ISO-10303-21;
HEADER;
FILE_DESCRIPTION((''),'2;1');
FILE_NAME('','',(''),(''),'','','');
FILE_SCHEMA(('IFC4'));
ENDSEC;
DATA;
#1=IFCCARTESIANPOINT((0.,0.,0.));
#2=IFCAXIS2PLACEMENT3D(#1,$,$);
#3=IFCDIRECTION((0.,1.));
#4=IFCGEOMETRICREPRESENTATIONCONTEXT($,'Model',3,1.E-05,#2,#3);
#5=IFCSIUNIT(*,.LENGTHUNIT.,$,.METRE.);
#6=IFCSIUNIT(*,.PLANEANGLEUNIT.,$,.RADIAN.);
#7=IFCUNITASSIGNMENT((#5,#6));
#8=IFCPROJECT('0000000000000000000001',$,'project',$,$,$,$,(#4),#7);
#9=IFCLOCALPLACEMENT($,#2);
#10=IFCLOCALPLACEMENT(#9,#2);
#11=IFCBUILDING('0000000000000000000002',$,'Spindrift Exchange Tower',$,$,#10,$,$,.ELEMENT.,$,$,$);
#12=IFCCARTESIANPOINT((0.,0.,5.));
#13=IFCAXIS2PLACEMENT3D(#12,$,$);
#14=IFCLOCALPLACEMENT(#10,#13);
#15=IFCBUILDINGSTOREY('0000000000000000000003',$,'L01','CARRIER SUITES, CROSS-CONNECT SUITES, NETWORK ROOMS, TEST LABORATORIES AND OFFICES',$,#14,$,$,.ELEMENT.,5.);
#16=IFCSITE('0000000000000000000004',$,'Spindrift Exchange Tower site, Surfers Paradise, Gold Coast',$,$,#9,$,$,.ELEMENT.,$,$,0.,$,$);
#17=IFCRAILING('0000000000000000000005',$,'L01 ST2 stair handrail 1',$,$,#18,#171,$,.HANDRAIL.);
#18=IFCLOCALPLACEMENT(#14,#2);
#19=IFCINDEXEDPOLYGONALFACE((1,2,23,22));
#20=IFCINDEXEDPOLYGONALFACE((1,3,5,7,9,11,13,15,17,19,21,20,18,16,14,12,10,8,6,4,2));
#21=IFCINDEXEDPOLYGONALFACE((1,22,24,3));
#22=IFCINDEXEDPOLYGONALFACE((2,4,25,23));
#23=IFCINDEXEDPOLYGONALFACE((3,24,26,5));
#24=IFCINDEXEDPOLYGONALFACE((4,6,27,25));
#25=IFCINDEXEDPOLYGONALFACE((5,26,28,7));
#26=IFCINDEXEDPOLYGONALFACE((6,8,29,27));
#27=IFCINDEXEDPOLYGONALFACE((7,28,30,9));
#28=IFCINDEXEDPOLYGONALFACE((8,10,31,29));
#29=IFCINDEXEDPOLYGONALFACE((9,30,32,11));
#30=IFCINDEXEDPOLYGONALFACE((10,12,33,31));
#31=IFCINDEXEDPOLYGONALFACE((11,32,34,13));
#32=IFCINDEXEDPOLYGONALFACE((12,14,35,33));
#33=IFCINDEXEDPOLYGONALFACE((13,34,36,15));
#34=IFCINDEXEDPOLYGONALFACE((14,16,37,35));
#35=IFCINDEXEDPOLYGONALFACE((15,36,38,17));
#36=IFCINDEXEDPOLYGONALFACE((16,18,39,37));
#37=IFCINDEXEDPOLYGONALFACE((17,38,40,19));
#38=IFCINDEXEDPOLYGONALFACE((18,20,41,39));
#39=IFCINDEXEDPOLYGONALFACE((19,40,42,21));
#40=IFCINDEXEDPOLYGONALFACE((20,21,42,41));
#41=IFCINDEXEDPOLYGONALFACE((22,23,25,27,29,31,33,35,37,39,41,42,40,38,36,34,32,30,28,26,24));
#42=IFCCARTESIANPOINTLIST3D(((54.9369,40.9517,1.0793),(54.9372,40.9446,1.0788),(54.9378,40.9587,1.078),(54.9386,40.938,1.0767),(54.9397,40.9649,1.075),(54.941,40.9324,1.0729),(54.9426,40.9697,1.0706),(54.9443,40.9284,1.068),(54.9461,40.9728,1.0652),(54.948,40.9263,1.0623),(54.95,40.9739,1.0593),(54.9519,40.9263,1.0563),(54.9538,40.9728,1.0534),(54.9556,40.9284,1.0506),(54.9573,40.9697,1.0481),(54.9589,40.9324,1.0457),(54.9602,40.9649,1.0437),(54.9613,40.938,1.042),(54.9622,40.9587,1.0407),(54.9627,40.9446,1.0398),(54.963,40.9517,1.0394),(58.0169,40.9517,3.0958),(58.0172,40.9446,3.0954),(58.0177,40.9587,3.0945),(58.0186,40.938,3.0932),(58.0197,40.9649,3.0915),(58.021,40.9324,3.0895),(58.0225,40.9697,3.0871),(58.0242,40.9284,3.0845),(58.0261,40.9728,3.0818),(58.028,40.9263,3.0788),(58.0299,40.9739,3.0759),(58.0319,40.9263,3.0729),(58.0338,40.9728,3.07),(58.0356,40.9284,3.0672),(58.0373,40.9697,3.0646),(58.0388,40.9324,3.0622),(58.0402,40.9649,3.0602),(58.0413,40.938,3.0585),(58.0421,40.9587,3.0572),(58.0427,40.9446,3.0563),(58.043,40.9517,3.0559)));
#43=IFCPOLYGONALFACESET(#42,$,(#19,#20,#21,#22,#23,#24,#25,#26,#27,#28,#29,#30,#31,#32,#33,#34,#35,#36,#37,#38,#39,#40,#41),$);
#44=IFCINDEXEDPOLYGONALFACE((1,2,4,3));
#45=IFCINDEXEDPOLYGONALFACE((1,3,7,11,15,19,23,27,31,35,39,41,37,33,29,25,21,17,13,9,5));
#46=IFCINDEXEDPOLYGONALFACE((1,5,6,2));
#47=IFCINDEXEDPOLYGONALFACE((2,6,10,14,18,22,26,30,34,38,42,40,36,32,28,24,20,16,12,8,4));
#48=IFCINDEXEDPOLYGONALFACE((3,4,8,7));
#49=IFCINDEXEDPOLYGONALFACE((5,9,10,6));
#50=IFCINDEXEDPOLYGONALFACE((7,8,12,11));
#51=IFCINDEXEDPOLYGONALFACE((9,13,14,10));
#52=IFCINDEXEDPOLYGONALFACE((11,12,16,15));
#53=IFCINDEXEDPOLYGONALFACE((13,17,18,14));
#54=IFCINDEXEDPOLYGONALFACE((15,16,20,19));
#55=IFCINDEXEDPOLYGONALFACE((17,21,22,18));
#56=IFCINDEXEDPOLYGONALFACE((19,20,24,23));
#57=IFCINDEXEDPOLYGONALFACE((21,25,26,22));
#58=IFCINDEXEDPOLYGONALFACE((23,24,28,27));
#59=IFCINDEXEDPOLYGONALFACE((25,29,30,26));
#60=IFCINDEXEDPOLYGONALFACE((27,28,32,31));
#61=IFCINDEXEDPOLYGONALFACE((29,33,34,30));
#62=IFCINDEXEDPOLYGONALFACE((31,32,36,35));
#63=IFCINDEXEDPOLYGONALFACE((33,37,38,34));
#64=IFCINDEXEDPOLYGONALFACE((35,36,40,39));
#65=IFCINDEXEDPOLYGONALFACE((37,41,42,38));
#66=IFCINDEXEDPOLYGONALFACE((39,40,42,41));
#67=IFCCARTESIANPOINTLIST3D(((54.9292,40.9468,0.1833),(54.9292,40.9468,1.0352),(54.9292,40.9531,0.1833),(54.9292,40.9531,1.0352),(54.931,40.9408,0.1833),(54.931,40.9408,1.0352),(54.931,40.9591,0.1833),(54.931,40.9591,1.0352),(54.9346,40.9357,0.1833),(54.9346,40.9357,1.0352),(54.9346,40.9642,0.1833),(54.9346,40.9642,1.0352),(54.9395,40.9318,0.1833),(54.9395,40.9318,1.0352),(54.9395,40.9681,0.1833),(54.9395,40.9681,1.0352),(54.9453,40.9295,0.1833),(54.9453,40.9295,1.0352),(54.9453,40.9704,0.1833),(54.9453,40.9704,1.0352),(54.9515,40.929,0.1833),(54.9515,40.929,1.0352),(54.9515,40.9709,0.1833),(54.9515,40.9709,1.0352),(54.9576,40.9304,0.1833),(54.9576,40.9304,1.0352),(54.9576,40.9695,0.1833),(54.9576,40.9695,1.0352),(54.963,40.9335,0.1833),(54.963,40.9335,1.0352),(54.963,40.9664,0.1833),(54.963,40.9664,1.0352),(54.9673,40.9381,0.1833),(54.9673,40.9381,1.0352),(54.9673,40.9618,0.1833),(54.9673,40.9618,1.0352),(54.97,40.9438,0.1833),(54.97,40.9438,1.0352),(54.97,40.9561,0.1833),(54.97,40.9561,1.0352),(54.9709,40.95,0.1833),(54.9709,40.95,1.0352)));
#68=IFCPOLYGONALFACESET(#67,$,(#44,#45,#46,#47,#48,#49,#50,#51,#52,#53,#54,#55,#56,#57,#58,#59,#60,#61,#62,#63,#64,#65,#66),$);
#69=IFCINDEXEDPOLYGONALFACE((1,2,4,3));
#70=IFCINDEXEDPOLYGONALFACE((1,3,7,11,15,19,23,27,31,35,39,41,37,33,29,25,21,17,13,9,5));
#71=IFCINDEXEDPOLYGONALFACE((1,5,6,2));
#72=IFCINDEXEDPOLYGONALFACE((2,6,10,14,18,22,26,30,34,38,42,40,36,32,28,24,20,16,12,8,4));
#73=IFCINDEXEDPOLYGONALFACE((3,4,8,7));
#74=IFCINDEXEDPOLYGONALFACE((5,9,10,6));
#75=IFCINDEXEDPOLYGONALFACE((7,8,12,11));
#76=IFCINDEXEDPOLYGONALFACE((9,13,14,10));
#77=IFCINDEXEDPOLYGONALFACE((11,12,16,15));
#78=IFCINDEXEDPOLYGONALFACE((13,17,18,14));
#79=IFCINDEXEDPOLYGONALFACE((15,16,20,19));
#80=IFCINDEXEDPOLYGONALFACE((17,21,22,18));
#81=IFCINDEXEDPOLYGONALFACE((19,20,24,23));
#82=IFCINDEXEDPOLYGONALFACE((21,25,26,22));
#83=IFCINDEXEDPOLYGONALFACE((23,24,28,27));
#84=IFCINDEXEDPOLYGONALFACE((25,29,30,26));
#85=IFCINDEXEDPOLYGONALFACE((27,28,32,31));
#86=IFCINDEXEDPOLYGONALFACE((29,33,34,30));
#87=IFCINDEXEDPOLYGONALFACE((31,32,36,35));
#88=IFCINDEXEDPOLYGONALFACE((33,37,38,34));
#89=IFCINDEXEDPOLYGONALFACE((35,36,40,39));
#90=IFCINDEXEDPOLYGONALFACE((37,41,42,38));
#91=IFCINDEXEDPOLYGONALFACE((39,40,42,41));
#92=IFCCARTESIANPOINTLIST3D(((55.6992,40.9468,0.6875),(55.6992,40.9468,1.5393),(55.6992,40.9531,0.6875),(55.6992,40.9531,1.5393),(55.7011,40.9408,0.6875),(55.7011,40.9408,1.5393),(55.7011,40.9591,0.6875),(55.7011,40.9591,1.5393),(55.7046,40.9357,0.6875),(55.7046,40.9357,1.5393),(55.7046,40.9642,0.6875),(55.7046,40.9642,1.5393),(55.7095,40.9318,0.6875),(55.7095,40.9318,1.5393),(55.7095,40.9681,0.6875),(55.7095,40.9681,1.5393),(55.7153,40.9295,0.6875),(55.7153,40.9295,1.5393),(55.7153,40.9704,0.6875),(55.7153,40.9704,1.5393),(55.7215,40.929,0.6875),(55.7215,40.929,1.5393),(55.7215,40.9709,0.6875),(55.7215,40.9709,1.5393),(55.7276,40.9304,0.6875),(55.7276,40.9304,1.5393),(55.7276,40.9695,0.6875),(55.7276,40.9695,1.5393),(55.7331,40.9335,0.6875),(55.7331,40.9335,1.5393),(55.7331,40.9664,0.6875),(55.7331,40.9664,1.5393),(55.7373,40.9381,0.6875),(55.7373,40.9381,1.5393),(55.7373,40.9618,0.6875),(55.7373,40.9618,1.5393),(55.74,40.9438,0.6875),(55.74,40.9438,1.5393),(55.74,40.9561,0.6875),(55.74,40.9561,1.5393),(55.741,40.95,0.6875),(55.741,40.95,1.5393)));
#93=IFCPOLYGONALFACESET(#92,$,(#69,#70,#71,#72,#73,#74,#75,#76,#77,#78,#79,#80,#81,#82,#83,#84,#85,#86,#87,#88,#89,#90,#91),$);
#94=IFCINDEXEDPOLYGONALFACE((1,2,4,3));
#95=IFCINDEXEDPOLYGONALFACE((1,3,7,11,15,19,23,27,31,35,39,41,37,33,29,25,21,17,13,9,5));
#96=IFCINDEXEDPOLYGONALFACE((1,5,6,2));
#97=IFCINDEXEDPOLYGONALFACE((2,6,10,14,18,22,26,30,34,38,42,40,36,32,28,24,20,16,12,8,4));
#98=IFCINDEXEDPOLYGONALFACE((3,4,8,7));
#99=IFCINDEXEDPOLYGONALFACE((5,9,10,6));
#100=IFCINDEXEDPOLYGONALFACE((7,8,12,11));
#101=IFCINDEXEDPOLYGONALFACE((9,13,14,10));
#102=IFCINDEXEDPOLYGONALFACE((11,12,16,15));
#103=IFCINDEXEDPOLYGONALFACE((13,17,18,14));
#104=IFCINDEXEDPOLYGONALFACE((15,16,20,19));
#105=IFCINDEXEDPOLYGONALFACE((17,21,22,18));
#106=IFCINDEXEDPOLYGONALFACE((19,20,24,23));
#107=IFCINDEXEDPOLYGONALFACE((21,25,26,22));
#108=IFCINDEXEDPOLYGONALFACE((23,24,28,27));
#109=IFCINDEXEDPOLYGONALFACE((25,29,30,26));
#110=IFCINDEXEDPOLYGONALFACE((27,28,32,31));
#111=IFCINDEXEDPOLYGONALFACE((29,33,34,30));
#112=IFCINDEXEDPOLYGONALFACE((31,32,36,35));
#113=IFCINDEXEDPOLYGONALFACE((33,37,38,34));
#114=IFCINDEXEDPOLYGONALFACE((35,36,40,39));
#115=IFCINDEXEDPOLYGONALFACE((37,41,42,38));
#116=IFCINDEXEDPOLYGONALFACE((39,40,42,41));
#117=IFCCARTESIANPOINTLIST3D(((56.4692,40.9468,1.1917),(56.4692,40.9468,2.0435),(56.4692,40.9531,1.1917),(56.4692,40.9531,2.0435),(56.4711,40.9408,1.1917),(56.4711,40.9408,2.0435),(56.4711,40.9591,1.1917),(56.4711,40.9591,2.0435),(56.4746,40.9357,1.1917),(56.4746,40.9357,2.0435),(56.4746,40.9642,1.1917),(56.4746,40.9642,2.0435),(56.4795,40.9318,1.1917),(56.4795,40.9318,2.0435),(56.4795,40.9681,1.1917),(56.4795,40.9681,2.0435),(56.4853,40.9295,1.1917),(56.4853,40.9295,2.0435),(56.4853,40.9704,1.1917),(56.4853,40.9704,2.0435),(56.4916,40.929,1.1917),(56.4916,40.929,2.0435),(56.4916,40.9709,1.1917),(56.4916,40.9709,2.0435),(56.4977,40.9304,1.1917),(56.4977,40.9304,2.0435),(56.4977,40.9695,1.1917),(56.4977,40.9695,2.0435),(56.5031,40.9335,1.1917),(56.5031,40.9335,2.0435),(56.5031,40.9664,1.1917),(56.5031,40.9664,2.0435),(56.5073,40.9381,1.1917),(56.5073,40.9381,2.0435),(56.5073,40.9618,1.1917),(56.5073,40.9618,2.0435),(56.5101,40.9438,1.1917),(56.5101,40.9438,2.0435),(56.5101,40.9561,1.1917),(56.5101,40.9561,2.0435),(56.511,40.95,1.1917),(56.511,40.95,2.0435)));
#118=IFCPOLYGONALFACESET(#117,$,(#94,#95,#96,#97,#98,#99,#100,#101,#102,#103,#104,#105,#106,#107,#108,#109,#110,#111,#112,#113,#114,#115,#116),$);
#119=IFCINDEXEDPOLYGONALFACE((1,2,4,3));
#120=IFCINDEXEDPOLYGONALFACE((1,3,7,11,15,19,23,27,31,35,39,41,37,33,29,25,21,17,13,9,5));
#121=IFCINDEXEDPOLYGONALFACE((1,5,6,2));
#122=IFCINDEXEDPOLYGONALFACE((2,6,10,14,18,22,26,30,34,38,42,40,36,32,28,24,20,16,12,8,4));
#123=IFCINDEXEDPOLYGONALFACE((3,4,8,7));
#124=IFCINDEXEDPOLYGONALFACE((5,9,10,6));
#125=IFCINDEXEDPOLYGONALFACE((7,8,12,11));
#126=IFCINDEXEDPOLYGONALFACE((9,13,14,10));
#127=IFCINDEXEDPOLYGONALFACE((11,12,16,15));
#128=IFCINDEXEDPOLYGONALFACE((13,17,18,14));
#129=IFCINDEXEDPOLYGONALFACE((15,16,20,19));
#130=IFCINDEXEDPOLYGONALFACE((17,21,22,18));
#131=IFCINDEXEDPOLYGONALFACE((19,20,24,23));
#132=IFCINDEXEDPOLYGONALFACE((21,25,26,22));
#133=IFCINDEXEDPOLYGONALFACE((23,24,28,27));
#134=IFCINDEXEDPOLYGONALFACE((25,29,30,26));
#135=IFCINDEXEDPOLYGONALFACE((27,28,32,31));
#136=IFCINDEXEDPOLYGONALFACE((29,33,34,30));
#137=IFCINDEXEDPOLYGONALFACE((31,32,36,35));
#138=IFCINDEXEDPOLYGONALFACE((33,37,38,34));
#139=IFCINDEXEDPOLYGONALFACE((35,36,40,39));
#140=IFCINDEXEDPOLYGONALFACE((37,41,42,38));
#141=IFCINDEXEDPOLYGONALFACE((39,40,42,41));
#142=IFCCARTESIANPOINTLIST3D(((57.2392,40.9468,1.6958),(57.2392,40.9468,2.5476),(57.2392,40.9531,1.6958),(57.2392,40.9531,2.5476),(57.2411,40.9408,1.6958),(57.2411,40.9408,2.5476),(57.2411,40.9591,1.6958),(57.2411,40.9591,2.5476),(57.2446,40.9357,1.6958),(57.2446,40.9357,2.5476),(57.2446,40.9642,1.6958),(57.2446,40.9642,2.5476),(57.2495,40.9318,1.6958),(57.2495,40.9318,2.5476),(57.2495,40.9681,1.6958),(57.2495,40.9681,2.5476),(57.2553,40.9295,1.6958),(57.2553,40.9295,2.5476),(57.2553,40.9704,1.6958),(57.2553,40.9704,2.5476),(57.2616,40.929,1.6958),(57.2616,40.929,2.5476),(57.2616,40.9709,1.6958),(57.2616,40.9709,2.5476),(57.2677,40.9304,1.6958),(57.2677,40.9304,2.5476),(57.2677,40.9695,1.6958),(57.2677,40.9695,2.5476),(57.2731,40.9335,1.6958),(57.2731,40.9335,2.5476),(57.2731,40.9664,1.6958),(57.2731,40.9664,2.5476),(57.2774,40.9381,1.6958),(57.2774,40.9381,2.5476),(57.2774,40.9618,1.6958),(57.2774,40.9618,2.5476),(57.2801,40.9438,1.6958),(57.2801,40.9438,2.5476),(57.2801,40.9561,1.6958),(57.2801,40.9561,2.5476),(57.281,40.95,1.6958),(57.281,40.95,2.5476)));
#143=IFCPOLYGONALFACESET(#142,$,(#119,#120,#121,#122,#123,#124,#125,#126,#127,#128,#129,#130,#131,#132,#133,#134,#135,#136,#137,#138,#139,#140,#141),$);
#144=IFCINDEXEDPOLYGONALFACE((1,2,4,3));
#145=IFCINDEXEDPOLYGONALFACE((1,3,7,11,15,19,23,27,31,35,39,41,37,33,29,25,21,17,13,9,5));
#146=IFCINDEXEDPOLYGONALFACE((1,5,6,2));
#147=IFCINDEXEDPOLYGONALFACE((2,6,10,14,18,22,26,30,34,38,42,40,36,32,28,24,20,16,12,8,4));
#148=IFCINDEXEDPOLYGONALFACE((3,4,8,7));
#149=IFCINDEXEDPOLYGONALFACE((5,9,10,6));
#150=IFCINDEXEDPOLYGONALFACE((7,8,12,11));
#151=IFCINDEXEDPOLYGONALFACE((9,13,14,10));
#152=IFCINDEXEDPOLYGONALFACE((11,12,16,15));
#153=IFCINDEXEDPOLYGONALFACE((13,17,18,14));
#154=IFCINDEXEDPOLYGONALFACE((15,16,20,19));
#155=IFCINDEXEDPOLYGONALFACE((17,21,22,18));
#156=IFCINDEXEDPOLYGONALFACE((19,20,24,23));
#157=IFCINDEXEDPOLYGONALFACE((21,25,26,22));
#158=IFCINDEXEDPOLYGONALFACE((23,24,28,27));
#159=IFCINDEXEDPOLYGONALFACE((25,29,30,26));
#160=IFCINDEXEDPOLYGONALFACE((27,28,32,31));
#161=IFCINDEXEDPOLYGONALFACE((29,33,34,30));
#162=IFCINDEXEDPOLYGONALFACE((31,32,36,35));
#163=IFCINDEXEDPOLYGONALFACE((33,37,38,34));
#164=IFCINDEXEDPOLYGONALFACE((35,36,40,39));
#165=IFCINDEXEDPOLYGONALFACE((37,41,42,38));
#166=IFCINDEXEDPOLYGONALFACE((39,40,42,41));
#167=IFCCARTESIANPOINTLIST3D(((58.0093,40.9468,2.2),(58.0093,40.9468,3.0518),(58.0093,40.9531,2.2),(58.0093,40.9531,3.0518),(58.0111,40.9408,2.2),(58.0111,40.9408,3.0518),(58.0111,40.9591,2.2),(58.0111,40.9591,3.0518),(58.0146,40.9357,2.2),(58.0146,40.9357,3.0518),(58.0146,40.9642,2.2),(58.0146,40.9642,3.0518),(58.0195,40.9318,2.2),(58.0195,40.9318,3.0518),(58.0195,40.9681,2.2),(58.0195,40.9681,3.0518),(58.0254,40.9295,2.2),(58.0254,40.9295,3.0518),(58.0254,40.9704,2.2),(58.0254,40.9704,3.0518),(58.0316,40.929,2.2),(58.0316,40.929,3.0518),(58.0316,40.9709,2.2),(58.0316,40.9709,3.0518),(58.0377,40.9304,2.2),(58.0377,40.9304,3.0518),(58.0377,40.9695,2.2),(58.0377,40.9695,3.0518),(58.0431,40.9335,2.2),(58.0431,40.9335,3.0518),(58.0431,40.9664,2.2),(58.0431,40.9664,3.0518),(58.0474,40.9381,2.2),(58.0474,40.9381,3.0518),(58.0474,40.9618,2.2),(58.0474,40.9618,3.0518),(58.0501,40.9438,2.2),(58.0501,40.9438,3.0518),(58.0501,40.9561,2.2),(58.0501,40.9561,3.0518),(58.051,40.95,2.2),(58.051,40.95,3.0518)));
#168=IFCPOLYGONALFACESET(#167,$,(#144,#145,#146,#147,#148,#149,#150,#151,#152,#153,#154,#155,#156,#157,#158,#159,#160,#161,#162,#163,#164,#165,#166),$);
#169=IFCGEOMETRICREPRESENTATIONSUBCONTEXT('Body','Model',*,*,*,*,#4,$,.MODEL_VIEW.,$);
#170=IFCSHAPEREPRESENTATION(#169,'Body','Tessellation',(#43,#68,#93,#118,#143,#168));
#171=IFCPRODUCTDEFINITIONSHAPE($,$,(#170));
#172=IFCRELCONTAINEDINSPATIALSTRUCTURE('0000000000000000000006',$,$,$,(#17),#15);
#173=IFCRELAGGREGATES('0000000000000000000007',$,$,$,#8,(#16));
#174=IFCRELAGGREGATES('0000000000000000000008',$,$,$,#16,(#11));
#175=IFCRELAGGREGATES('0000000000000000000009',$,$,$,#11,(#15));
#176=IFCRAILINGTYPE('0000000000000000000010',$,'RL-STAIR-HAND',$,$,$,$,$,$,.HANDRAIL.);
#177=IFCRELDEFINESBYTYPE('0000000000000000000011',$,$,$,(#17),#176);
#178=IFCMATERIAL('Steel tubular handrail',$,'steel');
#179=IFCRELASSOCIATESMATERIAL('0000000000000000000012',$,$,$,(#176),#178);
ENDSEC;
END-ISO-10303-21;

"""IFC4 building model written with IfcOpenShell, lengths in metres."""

from ifc_helpers import new_model, si_unit, direction, frame, origin, origin_2d, place, context, subcontext, project, spatial, circle, extrude, material, type_object, element, save


model = new_model("IFC4")

# Units and contexts
model_context = context("Model", 3, precision=1e-05, world=origin(), true_north=direction((0.0, 1.0)))
body_context = subcontext(model_context, "Body", "Model", "MODEL_VIEW")
ifc_project = project(units=[si_unit("LENGTHUNIT", "METRE"), si_unit("PLANEANGLEUNIT", "RADIAN")], contexts=[model_context])

# Site, building, storey
site_placement = place(None, origin())
site = spatial("IfcSite", under=ifc_project, at=site_placement, Name="Spindrift Exchange Tower site, Surfers Paradise, Gold Coast", CompositionType="ELEMENT", RefElevation=0.0)
building_placement = place(site_placement, origin())
building = spatial("IfcBuilding", under=site, at=building_placement, Name="Spindrift Exchange Tower", CompositionType="ELEMENT")
storey_placement = place(building_placement, frame((0.0, 0.0, 5.0)))
storey = spatial("IfcBuildingStorey", under=building, at=storey_placement, Name="L01", Description="CARRIER SUITES, CROSS-CONNECT SUITES, NETWORK ROOMS, TEST LABORATORIES AND OFFICES", CompositionType="ELEMENT", Elevation=5.0)

# Railing
ifc_material_1 = material(Name="Steel tubular handrail", Category="steel")
railing_type_1 = type_object("IfcRailingType", Name="RL-STAIR-HAND", PredefinedType="HANDRAIL", material=ifc_material_1)
railing_1_placement = place(storey_placement, frame((54.95, 40.95, 0.1833)))
element("IfcRailing", 1, at=railing_1_placement, inside=storey, type_object=railing_type_1, Name="L01 ST2 stair handrail 1", PredefinedType="HANDRAIL", context=body_context, shape_type="SweptSolid", body=[
    extrude(circle(Radius=0.0239, at=origin_2d()), frame((0.0, 0.0, 0.876), z_axis=(0.836633, 0.0, 0.547764), x_axis=(0.0, 1.0, 0.0)), (0.0, 0.0, 1.0), 3.6814),
    extrude(circle(Radius=0.021, at=origin_2d()), origin(), (0.0, 0.0, 1.0), 0.8518),
    extrude(circle(Radius=0.021, at=origin_2d()), frame((0.77, 0.0, 0.5042)), (0.0, 0.0, 1.0), 0.8518),
    extrude(circle(Radius=0.021, at=origin_2d()), frame((1.54, 0.0, 1.0083)), (0.0, 0.0, 1.0), 0.8518),
    extrude(circle(Radius=0.021, at=origin_2d()), frame((2.3101, 0.0, 1.5125)), (0.0, 0.0, 1.0), 0.8518),
    extrude(circle(Radius=0.021, at=origin_2d()), frame((3.0801, 0.0, 2.0166)), (0.0, 0.0, 1.0), 0.8518),
])

save(model, "model.ifc")
